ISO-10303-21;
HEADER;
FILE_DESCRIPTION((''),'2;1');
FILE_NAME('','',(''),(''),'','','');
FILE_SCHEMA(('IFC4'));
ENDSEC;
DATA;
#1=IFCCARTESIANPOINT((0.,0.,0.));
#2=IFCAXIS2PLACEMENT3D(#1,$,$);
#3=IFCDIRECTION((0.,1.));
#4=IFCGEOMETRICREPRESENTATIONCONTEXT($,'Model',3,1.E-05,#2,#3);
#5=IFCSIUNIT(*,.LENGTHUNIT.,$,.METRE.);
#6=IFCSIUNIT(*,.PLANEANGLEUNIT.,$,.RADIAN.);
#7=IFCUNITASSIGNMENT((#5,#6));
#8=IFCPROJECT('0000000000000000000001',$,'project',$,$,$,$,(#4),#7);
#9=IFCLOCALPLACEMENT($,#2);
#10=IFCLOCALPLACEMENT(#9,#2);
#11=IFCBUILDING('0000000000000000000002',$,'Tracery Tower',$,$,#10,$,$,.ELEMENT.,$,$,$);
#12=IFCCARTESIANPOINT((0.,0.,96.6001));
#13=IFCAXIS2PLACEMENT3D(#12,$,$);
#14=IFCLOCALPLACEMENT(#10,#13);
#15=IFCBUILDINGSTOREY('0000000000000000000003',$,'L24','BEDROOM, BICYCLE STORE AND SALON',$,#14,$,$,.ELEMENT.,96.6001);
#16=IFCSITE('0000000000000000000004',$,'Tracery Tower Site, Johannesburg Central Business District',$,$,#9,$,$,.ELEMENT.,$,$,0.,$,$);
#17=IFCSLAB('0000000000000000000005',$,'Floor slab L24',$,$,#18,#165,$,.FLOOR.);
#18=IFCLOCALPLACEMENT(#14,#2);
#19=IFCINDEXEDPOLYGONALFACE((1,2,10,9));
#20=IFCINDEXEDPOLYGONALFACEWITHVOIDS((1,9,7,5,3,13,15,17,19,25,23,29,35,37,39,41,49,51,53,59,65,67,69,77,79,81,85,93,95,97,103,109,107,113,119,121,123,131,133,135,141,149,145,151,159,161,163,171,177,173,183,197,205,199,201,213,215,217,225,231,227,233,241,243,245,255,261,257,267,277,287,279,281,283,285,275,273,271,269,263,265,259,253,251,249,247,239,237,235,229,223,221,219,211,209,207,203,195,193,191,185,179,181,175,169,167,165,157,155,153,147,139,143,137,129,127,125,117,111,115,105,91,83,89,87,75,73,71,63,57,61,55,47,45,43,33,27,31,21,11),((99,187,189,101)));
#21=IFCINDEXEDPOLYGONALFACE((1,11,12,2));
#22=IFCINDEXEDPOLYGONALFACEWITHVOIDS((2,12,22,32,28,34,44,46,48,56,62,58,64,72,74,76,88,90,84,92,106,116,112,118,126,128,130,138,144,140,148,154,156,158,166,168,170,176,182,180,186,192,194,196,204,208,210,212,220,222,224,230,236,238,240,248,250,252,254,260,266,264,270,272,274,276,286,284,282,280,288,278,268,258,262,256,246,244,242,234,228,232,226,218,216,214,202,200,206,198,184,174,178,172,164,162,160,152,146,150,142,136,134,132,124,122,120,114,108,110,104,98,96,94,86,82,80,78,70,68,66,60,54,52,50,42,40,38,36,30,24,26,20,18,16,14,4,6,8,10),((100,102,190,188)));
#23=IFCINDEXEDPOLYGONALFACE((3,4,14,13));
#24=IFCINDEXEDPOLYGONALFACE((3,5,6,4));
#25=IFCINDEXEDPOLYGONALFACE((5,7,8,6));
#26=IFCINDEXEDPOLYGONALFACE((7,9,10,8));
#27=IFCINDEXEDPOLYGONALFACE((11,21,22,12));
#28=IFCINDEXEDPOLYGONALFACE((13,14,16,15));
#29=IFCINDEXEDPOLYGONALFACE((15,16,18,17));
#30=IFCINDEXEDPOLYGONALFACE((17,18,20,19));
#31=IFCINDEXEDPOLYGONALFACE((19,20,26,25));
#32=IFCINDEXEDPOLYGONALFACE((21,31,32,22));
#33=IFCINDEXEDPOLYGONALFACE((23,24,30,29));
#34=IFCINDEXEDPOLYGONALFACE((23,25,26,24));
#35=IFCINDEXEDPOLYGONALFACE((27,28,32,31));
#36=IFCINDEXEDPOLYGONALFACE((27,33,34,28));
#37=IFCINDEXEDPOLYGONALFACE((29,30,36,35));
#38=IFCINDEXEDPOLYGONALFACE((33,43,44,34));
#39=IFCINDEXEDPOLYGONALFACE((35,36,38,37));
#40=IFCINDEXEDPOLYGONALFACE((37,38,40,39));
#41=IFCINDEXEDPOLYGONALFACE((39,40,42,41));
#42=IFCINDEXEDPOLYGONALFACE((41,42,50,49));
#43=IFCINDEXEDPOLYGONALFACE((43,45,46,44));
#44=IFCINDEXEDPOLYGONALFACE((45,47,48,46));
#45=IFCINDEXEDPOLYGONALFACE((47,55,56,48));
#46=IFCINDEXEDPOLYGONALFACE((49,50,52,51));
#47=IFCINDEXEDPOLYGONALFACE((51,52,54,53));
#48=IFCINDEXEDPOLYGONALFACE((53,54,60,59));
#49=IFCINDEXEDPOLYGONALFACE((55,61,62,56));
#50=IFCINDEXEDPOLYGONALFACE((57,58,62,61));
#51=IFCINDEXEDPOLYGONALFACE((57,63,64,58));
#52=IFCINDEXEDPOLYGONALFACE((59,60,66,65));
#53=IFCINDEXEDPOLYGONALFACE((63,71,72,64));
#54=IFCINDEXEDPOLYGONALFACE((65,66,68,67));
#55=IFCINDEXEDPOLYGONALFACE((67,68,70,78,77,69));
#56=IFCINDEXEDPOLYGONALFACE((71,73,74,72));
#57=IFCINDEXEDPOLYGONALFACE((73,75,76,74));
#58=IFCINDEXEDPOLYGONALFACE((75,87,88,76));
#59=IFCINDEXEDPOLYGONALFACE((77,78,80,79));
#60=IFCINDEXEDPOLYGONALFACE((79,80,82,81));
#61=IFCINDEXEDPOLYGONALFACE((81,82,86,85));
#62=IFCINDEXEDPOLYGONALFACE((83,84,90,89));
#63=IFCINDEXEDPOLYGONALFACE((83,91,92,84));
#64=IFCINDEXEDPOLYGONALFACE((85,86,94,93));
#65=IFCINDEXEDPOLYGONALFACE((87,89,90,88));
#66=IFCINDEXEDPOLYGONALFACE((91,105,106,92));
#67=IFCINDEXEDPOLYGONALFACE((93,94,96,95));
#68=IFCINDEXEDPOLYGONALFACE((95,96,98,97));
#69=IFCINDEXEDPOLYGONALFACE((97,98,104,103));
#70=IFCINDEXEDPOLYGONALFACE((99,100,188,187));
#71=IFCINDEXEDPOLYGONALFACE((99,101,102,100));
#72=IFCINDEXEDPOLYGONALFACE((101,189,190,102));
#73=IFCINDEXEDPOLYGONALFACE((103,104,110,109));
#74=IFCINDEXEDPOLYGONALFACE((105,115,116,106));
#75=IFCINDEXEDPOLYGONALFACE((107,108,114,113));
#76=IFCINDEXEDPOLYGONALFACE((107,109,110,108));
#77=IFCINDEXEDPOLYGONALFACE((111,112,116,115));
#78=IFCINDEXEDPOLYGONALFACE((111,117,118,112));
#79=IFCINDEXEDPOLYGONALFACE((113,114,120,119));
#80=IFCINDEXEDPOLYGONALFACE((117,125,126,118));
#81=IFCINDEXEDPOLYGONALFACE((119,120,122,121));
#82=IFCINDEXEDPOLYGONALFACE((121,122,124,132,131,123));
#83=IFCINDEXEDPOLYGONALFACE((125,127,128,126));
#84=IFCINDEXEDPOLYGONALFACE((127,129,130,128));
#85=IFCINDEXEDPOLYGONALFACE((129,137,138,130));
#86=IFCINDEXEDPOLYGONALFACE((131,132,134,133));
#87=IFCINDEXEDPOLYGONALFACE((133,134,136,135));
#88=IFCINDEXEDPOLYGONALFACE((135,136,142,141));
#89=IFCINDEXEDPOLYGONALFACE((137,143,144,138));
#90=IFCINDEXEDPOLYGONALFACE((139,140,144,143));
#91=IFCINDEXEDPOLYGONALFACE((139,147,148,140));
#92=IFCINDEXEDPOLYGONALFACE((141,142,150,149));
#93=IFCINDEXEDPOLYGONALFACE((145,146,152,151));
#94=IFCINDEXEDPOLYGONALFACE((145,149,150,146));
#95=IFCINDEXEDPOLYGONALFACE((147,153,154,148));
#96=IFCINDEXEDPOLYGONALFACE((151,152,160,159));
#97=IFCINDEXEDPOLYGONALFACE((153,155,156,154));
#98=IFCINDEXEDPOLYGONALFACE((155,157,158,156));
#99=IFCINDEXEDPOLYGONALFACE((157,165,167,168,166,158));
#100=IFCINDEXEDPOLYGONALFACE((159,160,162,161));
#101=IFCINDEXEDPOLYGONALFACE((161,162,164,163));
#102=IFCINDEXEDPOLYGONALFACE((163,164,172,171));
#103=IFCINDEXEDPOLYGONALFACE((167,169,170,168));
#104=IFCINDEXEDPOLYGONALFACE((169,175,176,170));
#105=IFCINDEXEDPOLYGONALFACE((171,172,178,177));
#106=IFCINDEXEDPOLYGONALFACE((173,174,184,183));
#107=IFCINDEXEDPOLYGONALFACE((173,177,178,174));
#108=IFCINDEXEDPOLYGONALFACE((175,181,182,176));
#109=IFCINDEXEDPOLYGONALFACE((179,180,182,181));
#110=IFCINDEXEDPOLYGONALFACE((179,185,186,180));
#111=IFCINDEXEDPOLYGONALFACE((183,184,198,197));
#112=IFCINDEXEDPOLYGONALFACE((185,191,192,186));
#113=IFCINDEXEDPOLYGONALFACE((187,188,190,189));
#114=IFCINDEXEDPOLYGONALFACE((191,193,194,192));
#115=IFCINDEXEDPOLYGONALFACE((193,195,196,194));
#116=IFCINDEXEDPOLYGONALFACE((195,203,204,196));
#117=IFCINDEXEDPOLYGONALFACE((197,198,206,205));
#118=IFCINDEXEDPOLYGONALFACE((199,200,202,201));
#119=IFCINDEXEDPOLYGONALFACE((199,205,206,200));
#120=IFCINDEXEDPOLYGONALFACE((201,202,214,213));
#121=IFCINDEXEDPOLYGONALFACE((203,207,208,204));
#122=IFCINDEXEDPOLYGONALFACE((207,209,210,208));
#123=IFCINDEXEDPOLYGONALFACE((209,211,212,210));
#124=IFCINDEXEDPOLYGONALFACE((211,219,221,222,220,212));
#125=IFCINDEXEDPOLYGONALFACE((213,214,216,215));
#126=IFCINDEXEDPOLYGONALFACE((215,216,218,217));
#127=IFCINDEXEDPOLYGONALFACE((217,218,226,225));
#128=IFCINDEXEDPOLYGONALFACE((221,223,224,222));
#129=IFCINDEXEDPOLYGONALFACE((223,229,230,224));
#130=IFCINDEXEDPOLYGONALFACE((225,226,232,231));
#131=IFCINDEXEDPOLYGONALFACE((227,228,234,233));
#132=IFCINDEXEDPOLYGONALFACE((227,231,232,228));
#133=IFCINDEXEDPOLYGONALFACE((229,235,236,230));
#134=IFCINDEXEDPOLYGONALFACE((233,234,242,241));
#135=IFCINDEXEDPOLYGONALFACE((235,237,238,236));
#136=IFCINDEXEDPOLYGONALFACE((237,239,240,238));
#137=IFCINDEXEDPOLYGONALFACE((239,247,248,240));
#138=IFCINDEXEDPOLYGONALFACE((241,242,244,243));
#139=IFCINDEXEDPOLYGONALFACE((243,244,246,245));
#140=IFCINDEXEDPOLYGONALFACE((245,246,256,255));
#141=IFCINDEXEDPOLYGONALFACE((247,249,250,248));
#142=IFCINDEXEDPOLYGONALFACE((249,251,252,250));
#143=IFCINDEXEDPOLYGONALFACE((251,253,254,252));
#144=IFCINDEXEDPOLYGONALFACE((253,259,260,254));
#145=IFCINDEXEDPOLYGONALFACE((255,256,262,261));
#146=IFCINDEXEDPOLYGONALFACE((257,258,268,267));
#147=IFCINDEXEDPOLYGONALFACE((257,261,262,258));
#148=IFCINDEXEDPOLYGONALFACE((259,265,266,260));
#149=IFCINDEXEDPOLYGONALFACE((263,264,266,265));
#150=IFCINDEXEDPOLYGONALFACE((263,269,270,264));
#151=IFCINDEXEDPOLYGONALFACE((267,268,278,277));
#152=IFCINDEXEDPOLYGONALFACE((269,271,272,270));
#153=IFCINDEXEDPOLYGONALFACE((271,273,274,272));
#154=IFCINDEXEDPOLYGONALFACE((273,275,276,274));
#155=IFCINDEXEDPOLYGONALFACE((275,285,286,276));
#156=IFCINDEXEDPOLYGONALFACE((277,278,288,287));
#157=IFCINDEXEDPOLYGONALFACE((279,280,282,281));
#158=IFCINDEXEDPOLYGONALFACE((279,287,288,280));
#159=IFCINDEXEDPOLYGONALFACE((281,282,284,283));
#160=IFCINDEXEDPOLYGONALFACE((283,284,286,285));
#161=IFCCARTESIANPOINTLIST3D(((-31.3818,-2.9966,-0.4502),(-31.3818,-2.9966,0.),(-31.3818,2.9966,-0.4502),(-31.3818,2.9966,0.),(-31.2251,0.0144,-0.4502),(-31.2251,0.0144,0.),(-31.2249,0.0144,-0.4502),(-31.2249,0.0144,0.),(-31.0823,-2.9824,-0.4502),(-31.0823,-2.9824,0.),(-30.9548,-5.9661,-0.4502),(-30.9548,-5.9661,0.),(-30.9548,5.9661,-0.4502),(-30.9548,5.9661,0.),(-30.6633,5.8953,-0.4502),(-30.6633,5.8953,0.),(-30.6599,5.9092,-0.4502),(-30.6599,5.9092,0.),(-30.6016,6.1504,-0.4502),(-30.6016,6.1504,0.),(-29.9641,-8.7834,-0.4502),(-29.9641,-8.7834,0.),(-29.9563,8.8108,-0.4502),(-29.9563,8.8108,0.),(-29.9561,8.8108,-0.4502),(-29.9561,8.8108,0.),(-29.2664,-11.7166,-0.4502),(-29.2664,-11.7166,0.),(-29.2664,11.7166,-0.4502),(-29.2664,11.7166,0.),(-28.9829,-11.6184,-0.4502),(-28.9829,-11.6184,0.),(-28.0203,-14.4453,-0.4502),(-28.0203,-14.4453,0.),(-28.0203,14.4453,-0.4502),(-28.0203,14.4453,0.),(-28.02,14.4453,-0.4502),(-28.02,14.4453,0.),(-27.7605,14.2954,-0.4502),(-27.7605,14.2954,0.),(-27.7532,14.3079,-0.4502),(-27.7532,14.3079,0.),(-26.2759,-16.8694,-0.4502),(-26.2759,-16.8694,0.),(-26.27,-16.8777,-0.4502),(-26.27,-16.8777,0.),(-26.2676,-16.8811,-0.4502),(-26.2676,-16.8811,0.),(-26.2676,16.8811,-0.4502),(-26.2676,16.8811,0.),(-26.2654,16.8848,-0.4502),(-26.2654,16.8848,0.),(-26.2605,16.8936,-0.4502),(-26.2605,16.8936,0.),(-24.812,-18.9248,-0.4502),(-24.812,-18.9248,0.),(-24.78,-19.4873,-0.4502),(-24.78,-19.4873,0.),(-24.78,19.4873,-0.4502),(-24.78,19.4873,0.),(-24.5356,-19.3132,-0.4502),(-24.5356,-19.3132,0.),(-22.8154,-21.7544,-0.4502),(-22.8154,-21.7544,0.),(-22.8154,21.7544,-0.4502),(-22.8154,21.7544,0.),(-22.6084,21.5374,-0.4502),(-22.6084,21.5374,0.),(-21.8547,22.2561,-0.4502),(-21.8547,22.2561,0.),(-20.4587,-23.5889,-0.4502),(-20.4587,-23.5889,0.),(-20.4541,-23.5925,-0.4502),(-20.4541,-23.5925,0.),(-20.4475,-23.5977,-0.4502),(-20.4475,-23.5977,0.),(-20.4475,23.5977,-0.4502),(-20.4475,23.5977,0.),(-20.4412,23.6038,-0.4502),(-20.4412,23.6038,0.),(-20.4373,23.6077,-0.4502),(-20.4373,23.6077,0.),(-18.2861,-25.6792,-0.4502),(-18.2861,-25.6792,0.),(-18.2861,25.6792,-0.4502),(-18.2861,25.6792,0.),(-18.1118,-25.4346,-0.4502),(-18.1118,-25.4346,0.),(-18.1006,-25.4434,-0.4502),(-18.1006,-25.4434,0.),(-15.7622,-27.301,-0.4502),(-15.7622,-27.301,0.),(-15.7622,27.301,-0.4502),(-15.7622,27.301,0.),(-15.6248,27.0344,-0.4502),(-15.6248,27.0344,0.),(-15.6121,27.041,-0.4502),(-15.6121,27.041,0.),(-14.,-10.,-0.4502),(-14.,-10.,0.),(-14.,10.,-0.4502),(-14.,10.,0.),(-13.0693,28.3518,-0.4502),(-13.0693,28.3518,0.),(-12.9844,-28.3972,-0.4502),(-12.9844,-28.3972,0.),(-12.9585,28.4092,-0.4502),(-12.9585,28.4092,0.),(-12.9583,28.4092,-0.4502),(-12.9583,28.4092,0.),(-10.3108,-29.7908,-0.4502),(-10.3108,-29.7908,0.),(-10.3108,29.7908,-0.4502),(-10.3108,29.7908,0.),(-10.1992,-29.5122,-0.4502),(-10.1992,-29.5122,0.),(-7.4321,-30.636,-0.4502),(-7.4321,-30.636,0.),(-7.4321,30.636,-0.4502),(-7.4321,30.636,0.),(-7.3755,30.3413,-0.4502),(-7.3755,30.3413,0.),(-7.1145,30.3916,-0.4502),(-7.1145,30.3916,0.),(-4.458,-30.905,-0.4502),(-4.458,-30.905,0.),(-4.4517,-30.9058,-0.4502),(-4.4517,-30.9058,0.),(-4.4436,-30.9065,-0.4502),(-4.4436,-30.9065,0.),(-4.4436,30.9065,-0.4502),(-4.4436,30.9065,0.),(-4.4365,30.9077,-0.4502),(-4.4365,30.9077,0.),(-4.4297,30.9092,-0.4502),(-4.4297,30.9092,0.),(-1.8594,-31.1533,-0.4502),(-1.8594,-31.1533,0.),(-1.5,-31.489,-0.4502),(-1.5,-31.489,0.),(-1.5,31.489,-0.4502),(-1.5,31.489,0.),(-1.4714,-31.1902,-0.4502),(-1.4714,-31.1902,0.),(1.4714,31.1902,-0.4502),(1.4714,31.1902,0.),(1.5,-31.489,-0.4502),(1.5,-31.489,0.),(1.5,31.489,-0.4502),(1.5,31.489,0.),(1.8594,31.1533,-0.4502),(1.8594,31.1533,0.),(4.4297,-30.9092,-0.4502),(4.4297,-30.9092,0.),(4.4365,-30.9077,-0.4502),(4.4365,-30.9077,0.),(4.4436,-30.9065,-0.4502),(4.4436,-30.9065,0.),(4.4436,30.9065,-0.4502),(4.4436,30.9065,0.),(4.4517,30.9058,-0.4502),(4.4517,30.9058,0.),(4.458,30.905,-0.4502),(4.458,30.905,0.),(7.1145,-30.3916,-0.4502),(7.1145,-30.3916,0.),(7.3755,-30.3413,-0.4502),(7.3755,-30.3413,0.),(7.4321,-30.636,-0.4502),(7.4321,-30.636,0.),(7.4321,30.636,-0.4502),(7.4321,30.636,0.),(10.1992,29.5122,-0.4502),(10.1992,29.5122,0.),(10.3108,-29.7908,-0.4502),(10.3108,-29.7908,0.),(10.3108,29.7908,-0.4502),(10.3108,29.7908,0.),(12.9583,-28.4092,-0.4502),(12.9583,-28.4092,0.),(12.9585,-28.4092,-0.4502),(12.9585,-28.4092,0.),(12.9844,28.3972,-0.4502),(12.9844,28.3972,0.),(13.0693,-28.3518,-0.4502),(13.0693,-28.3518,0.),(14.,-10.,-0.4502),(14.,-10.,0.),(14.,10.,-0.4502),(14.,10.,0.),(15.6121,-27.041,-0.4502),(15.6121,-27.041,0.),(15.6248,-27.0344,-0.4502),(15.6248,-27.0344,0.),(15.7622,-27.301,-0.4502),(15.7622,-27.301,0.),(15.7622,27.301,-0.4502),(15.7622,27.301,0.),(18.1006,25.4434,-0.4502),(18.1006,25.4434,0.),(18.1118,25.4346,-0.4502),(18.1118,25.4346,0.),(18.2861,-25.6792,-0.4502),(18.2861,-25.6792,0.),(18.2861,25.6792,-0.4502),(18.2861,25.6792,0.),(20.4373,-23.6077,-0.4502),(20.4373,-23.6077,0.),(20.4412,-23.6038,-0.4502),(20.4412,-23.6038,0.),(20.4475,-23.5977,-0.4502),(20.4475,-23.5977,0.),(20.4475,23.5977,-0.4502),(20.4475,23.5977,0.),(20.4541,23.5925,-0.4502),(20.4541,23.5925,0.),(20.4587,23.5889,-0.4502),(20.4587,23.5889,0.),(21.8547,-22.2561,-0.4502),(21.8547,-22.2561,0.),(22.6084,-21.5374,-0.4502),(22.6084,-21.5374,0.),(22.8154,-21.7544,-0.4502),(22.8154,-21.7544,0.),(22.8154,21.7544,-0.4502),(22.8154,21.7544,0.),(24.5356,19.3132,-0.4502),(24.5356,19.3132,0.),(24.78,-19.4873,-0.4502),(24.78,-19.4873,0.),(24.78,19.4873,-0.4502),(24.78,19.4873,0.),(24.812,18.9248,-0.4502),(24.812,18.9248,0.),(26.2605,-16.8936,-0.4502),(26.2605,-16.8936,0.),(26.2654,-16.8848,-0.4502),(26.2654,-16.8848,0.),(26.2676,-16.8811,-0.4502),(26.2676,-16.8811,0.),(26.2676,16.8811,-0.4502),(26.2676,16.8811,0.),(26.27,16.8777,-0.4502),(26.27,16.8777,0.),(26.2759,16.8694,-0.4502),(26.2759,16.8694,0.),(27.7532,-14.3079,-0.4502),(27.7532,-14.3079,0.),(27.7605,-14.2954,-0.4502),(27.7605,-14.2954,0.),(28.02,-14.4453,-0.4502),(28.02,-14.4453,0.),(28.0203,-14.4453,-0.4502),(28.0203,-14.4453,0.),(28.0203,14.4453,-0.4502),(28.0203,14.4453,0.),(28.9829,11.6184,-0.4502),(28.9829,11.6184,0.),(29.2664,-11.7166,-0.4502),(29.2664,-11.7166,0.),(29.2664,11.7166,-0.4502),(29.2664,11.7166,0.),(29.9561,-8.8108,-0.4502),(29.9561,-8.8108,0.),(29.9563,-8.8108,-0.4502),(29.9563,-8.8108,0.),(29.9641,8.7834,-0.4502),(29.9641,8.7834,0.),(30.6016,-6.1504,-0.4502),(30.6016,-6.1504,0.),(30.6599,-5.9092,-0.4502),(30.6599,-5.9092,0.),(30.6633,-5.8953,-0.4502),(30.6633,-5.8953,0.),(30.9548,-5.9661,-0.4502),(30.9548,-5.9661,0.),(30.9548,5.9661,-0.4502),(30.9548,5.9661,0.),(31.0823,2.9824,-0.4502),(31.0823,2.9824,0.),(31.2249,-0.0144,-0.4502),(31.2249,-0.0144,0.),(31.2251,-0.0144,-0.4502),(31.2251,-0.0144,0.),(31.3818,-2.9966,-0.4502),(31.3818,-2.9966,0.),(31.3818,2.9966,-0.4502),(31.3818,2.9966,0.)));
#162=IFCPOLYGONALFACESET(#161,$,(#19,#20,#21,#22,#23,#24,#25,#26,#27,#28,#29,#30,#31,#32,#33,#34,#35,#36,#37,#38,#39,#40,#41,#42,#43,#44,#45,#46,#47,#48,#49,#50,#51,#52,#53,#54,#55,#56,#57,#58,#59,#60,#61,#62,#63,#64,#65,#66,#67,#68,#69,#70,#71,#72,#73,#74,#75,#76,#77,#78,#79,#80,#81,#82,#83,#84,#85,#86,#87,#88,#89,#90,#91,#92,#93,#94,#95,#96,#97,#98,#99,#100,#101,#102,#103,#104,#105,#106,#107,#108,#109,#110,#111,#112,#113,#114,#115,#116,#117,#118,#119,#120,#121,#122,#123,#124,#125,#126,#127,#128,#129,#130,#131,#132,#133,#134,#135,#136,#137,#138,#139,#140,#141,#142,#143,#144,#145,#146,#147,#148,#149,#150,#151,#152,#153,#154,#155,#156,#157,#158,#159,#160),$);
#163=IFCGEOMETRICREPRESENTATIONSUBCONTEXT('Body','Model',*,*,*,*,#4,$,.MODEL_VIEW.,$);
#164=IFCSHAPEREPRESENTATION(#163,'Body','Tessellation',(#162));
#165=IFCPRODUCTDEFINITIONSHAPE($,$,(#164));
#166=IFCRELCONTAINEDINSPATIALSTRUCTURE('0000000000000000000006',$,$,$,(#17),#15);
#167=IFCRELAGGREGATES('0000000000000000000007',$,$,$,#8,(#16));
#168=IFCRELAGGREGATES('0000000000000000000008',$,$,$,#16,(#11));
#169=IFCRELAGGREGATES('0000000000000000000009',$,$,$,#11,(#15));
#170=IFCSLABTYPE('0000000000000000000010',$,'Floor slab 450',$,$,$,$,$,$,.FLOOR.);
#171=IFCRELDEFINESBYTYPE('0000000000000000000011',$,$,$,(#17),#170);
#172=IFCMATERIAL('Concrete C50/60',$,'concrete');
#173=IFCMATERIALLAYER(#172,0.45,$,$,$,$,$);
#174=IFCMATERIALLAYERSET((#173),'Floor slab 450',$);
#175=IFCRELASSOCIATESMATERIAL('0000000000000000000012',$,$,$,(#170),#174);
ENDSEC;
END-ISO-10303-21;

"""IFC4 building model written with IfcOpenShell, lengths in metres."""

from ifc_helpers import new_model, si_unit, direction, frame, origin, place, context, subcontext, project, spatial, polyline, outline, extrude, material, layer, layer_set, type_object, element, save


model = new_model("IFC4")

# Units and contexts
model_context = context("Model", 3, precision=1e-05, world=origin(), true_north=direction((0.0, 1.0)))
body_context = subcontext(model_context, "Body", "Model", "MODEL_VIEW")
ifc_project = project(units=[si_unit("LENGTHUNIT", "METRE"), si_unit("PLANEANGLEUNIT", "RADIAN")], contexts=[model_context])

# Site, building, storey
site_placement = place(None, origin())
site = spatial("IfcSite", under=ifc_project, at=site_placement, Name="Tracery Tower Site, Johannesburg Central Business District", CompositionType="ELEMENT", RefElevation=0.0)
building_placement = place(site_placement, origin())
building = spatial("IfcBuilding", under=site, at=building_placement, Name="Tracery Tower", CompositionType="ELEMENT")
storey_placement = place(building_placement, frame((0.0, 0.0, 96.6001)))
storey = spatial("IfcBuildingStorey", under=building, at=storey_placement, Name="L24", Description="BEDROOM, BICYCLE STORE AND SALON", CompositionType="ELEMENT", Elevation=96.6001)

# Slab
ifc_material_1 = material(Name="Concrete C50/60", Category="concrete")
ifc_layer_1 = layer(ifc_material_1, 0.45)
ifc_layer_set_1 = layer_set([ifc_layer_1], Name="Floor slab 450")
slab_type_1 = type_object("IfcSlabType", Name="Floor slab 450", PredefinedType="FLOOR", material=ifc_layer_set_1)
slab_1_placement = place(storey_placement, frame((0.0, 0.0, -0.4502)))
element("IfcSlab", 1, at=slab_1_placement, inside=storey, type_object=slab_type_1, Name="Floor slab L24", PredefinedType="FLOOR", context=body_context, shape_type="SweptSolid", body=[
    extrude(outline(polyline([(29.9641, 8.7834), (29.9641, 8.7834), (28.9829, 11.6184), (29.2664, 11.7166), (28.0203, 14.4453), (26.2759, 16.8694), (26.2759, 16.8694), (26.27, 16.8777), (26.2676, 16.8811), (24.812, 18.9248), (24.5356, 19.3132), (24.78, 19.4873), (22.8154, 21.7544), (20.4587, 23.5889), (20.4587, 23.5889), (20.4541, 23.5925), (20.4475, 23.5977), (18.1118, 25.4346), (18.1118, 25.4346), (18.1006, 25.4434), (18.2861, 25.6792), (15.7622, 27.301), (12.9844, 28.3972), (12.9844, 28.3972), (10.1992, 29.5122), (10.3108, 29.7908), (7.4321, 30.636), (4.458, 30.905), (4.458, 30.905), (4.4517, 30.9058), (4.4436, 30.9065), (1.8594, 31.1533), (1.4714, 31.1902), (1.5, 31.489), (1.5, 31.489), (-1.5, 31.489), (-4.4297, 30.9092), (-4.4297, 30.9092), (-4.4365, 30.9077), (-4.4436, 30.9065), (-7.1145, 30.3916), (-7.3755, 30.3413), (-7.4321, 30.636), (-10.3108, 29.7908), (-12.9585, 28.4092), (-12.9583, 28.4092), (-13.0693, 28.3518), (-15.6121, 27.041), (-15.6121, 27.041), (-15.6248, 27.0344), (-15.7622, 27.301), (-15.7622, 27.301), (-18.2861, 25.6792), (-20.4373, 23.6077), (-20.4373, 23.6077), (-20.4412, 23.6038), (-20.4475, 23.5977), (-21.8547, 22.2561), (-22.6084, 21.5374), (-22.8154, 21.7544), (-24.78, 19.4873), (-26.2605, 16.8936), (-26.2605, 16.8936), (-26.2654, 16.8848), (-26.2676, 16.8811), (-27.7532, 14.3079), (-27.7532, 14.3079), (-27.7605, 14.2954), (-28.02, 14.4453), (-28.0203, 14.4453), (-29.2664, 11.7166), (-29.9563, 8.8108), (-29.9561, 8.8108), (-30.6016, 6.1504), (-30.6599, 5.9092), (-30.6599, 5.9092), (-30.6633, 5.8953), (-30.9548, 5.9661), (-31.3818, 2.9966), (-31.2251, 0.0144), (-31.2249, 0.0144), (-31.0823, -2.9824), (-31.3818, -2.9966), (-30.9548, -5.9661), (-29.9641, -8.7834), (-29.9641, -8.7834), (-28.9829, -11.6184), (-29.2664, -11.7166), (-28.0203, -14.4453), (-26.2759, -16.8694), (-26.2759, -16.8694), (-26.27, -16.8777), (-26.2676, -16.8811), (-24.812, -18.9248), (-24.5356, -19.3132), (-24.78, -19.4873), (-22.8154, -21.7544), (-20.4587, -23.5889), (-20.4587, -23.5889), (-20.4541, -23.5925), (-20.4475, -23.5977), (-18.1118, -25.4346), (-18.1118, -25.4346), (-18.1006, -25.4434), (-18.2861, -25.6792), (-15.7622, -27.301), (-12.9844, -28.3972), (-12.9844, -28.3972), (-10.1992, -29.5122), (-10.3108, -29.7908), (-7.4321, -30.636), (-4.458, -30.905), (-4.458, -30.905), (-4.4517, -30.9058), (-4.4436, -30.9065), (-1.8594, -31.1533), (-1.4714, -31.1902), (-1.5, -31.489), (-1.5, -31.489), (1.5, -31.489), (4.4297, -30.9092), (4.4297, -30.9092), (4.4365, -30.9077), (4.4436, -30.9065), (7.1145, -30.3916), (7.3755, -30.3413), (7.4321, -30.636), (10.3108, -29.7908), (12.9585, -28.4092), (12.9583, -28.4092), (13.0693, -28.3518), (15.6121, -27.041), (15.6121, -27.041), (15.6248, -27.0344), (15.7622, -27.301), (15.7622, -27.301), (18.2861, -25.6792), (20.4373, -23.6077), (20.4373, -23.6077), (20.4412, -23.6038), (20.4475, -23.5977), (21.8547, -22.2561), (22.6084, -21.5374), (22.8154, -21.7544), (24.78, -19.4873), (26.2605, -16.8936), (26.2605, -16.8936), (26.2654, -16.8848), (26.2676, -16.8811), (27.7532, -14.3079), (27.7532, -14.3079), (27.7605, -14.2954), (28.02, -14.4453), (28.0203, -14.4453), (29.2664, -11.7166), (29.9563, -8.8108), (29.9561, -8.8108), (30.6016, -6.1504), (30.6599, -5.9092), (30.6599, -5.9092), (30.6633, -5.8953), (30.9548, -5.9661), (31.3818, -2.9966), (31.2251, -0.0144), (31.2249, -0.0144), (31.0823, 2.9824), (31.3818, 2.9966), (30.9548, 5.9661), (29.9641, 8.7834)]), holes=[polyline([(-14.0, -10.0), (14.0, -10.0), (14.0, 10.0), (-14.0, 10.0), (-14.0, -10.0)])]), origin(), (0.0, 0.0, 1.0), 0.4502),
])

save(model, "model.ifc")
